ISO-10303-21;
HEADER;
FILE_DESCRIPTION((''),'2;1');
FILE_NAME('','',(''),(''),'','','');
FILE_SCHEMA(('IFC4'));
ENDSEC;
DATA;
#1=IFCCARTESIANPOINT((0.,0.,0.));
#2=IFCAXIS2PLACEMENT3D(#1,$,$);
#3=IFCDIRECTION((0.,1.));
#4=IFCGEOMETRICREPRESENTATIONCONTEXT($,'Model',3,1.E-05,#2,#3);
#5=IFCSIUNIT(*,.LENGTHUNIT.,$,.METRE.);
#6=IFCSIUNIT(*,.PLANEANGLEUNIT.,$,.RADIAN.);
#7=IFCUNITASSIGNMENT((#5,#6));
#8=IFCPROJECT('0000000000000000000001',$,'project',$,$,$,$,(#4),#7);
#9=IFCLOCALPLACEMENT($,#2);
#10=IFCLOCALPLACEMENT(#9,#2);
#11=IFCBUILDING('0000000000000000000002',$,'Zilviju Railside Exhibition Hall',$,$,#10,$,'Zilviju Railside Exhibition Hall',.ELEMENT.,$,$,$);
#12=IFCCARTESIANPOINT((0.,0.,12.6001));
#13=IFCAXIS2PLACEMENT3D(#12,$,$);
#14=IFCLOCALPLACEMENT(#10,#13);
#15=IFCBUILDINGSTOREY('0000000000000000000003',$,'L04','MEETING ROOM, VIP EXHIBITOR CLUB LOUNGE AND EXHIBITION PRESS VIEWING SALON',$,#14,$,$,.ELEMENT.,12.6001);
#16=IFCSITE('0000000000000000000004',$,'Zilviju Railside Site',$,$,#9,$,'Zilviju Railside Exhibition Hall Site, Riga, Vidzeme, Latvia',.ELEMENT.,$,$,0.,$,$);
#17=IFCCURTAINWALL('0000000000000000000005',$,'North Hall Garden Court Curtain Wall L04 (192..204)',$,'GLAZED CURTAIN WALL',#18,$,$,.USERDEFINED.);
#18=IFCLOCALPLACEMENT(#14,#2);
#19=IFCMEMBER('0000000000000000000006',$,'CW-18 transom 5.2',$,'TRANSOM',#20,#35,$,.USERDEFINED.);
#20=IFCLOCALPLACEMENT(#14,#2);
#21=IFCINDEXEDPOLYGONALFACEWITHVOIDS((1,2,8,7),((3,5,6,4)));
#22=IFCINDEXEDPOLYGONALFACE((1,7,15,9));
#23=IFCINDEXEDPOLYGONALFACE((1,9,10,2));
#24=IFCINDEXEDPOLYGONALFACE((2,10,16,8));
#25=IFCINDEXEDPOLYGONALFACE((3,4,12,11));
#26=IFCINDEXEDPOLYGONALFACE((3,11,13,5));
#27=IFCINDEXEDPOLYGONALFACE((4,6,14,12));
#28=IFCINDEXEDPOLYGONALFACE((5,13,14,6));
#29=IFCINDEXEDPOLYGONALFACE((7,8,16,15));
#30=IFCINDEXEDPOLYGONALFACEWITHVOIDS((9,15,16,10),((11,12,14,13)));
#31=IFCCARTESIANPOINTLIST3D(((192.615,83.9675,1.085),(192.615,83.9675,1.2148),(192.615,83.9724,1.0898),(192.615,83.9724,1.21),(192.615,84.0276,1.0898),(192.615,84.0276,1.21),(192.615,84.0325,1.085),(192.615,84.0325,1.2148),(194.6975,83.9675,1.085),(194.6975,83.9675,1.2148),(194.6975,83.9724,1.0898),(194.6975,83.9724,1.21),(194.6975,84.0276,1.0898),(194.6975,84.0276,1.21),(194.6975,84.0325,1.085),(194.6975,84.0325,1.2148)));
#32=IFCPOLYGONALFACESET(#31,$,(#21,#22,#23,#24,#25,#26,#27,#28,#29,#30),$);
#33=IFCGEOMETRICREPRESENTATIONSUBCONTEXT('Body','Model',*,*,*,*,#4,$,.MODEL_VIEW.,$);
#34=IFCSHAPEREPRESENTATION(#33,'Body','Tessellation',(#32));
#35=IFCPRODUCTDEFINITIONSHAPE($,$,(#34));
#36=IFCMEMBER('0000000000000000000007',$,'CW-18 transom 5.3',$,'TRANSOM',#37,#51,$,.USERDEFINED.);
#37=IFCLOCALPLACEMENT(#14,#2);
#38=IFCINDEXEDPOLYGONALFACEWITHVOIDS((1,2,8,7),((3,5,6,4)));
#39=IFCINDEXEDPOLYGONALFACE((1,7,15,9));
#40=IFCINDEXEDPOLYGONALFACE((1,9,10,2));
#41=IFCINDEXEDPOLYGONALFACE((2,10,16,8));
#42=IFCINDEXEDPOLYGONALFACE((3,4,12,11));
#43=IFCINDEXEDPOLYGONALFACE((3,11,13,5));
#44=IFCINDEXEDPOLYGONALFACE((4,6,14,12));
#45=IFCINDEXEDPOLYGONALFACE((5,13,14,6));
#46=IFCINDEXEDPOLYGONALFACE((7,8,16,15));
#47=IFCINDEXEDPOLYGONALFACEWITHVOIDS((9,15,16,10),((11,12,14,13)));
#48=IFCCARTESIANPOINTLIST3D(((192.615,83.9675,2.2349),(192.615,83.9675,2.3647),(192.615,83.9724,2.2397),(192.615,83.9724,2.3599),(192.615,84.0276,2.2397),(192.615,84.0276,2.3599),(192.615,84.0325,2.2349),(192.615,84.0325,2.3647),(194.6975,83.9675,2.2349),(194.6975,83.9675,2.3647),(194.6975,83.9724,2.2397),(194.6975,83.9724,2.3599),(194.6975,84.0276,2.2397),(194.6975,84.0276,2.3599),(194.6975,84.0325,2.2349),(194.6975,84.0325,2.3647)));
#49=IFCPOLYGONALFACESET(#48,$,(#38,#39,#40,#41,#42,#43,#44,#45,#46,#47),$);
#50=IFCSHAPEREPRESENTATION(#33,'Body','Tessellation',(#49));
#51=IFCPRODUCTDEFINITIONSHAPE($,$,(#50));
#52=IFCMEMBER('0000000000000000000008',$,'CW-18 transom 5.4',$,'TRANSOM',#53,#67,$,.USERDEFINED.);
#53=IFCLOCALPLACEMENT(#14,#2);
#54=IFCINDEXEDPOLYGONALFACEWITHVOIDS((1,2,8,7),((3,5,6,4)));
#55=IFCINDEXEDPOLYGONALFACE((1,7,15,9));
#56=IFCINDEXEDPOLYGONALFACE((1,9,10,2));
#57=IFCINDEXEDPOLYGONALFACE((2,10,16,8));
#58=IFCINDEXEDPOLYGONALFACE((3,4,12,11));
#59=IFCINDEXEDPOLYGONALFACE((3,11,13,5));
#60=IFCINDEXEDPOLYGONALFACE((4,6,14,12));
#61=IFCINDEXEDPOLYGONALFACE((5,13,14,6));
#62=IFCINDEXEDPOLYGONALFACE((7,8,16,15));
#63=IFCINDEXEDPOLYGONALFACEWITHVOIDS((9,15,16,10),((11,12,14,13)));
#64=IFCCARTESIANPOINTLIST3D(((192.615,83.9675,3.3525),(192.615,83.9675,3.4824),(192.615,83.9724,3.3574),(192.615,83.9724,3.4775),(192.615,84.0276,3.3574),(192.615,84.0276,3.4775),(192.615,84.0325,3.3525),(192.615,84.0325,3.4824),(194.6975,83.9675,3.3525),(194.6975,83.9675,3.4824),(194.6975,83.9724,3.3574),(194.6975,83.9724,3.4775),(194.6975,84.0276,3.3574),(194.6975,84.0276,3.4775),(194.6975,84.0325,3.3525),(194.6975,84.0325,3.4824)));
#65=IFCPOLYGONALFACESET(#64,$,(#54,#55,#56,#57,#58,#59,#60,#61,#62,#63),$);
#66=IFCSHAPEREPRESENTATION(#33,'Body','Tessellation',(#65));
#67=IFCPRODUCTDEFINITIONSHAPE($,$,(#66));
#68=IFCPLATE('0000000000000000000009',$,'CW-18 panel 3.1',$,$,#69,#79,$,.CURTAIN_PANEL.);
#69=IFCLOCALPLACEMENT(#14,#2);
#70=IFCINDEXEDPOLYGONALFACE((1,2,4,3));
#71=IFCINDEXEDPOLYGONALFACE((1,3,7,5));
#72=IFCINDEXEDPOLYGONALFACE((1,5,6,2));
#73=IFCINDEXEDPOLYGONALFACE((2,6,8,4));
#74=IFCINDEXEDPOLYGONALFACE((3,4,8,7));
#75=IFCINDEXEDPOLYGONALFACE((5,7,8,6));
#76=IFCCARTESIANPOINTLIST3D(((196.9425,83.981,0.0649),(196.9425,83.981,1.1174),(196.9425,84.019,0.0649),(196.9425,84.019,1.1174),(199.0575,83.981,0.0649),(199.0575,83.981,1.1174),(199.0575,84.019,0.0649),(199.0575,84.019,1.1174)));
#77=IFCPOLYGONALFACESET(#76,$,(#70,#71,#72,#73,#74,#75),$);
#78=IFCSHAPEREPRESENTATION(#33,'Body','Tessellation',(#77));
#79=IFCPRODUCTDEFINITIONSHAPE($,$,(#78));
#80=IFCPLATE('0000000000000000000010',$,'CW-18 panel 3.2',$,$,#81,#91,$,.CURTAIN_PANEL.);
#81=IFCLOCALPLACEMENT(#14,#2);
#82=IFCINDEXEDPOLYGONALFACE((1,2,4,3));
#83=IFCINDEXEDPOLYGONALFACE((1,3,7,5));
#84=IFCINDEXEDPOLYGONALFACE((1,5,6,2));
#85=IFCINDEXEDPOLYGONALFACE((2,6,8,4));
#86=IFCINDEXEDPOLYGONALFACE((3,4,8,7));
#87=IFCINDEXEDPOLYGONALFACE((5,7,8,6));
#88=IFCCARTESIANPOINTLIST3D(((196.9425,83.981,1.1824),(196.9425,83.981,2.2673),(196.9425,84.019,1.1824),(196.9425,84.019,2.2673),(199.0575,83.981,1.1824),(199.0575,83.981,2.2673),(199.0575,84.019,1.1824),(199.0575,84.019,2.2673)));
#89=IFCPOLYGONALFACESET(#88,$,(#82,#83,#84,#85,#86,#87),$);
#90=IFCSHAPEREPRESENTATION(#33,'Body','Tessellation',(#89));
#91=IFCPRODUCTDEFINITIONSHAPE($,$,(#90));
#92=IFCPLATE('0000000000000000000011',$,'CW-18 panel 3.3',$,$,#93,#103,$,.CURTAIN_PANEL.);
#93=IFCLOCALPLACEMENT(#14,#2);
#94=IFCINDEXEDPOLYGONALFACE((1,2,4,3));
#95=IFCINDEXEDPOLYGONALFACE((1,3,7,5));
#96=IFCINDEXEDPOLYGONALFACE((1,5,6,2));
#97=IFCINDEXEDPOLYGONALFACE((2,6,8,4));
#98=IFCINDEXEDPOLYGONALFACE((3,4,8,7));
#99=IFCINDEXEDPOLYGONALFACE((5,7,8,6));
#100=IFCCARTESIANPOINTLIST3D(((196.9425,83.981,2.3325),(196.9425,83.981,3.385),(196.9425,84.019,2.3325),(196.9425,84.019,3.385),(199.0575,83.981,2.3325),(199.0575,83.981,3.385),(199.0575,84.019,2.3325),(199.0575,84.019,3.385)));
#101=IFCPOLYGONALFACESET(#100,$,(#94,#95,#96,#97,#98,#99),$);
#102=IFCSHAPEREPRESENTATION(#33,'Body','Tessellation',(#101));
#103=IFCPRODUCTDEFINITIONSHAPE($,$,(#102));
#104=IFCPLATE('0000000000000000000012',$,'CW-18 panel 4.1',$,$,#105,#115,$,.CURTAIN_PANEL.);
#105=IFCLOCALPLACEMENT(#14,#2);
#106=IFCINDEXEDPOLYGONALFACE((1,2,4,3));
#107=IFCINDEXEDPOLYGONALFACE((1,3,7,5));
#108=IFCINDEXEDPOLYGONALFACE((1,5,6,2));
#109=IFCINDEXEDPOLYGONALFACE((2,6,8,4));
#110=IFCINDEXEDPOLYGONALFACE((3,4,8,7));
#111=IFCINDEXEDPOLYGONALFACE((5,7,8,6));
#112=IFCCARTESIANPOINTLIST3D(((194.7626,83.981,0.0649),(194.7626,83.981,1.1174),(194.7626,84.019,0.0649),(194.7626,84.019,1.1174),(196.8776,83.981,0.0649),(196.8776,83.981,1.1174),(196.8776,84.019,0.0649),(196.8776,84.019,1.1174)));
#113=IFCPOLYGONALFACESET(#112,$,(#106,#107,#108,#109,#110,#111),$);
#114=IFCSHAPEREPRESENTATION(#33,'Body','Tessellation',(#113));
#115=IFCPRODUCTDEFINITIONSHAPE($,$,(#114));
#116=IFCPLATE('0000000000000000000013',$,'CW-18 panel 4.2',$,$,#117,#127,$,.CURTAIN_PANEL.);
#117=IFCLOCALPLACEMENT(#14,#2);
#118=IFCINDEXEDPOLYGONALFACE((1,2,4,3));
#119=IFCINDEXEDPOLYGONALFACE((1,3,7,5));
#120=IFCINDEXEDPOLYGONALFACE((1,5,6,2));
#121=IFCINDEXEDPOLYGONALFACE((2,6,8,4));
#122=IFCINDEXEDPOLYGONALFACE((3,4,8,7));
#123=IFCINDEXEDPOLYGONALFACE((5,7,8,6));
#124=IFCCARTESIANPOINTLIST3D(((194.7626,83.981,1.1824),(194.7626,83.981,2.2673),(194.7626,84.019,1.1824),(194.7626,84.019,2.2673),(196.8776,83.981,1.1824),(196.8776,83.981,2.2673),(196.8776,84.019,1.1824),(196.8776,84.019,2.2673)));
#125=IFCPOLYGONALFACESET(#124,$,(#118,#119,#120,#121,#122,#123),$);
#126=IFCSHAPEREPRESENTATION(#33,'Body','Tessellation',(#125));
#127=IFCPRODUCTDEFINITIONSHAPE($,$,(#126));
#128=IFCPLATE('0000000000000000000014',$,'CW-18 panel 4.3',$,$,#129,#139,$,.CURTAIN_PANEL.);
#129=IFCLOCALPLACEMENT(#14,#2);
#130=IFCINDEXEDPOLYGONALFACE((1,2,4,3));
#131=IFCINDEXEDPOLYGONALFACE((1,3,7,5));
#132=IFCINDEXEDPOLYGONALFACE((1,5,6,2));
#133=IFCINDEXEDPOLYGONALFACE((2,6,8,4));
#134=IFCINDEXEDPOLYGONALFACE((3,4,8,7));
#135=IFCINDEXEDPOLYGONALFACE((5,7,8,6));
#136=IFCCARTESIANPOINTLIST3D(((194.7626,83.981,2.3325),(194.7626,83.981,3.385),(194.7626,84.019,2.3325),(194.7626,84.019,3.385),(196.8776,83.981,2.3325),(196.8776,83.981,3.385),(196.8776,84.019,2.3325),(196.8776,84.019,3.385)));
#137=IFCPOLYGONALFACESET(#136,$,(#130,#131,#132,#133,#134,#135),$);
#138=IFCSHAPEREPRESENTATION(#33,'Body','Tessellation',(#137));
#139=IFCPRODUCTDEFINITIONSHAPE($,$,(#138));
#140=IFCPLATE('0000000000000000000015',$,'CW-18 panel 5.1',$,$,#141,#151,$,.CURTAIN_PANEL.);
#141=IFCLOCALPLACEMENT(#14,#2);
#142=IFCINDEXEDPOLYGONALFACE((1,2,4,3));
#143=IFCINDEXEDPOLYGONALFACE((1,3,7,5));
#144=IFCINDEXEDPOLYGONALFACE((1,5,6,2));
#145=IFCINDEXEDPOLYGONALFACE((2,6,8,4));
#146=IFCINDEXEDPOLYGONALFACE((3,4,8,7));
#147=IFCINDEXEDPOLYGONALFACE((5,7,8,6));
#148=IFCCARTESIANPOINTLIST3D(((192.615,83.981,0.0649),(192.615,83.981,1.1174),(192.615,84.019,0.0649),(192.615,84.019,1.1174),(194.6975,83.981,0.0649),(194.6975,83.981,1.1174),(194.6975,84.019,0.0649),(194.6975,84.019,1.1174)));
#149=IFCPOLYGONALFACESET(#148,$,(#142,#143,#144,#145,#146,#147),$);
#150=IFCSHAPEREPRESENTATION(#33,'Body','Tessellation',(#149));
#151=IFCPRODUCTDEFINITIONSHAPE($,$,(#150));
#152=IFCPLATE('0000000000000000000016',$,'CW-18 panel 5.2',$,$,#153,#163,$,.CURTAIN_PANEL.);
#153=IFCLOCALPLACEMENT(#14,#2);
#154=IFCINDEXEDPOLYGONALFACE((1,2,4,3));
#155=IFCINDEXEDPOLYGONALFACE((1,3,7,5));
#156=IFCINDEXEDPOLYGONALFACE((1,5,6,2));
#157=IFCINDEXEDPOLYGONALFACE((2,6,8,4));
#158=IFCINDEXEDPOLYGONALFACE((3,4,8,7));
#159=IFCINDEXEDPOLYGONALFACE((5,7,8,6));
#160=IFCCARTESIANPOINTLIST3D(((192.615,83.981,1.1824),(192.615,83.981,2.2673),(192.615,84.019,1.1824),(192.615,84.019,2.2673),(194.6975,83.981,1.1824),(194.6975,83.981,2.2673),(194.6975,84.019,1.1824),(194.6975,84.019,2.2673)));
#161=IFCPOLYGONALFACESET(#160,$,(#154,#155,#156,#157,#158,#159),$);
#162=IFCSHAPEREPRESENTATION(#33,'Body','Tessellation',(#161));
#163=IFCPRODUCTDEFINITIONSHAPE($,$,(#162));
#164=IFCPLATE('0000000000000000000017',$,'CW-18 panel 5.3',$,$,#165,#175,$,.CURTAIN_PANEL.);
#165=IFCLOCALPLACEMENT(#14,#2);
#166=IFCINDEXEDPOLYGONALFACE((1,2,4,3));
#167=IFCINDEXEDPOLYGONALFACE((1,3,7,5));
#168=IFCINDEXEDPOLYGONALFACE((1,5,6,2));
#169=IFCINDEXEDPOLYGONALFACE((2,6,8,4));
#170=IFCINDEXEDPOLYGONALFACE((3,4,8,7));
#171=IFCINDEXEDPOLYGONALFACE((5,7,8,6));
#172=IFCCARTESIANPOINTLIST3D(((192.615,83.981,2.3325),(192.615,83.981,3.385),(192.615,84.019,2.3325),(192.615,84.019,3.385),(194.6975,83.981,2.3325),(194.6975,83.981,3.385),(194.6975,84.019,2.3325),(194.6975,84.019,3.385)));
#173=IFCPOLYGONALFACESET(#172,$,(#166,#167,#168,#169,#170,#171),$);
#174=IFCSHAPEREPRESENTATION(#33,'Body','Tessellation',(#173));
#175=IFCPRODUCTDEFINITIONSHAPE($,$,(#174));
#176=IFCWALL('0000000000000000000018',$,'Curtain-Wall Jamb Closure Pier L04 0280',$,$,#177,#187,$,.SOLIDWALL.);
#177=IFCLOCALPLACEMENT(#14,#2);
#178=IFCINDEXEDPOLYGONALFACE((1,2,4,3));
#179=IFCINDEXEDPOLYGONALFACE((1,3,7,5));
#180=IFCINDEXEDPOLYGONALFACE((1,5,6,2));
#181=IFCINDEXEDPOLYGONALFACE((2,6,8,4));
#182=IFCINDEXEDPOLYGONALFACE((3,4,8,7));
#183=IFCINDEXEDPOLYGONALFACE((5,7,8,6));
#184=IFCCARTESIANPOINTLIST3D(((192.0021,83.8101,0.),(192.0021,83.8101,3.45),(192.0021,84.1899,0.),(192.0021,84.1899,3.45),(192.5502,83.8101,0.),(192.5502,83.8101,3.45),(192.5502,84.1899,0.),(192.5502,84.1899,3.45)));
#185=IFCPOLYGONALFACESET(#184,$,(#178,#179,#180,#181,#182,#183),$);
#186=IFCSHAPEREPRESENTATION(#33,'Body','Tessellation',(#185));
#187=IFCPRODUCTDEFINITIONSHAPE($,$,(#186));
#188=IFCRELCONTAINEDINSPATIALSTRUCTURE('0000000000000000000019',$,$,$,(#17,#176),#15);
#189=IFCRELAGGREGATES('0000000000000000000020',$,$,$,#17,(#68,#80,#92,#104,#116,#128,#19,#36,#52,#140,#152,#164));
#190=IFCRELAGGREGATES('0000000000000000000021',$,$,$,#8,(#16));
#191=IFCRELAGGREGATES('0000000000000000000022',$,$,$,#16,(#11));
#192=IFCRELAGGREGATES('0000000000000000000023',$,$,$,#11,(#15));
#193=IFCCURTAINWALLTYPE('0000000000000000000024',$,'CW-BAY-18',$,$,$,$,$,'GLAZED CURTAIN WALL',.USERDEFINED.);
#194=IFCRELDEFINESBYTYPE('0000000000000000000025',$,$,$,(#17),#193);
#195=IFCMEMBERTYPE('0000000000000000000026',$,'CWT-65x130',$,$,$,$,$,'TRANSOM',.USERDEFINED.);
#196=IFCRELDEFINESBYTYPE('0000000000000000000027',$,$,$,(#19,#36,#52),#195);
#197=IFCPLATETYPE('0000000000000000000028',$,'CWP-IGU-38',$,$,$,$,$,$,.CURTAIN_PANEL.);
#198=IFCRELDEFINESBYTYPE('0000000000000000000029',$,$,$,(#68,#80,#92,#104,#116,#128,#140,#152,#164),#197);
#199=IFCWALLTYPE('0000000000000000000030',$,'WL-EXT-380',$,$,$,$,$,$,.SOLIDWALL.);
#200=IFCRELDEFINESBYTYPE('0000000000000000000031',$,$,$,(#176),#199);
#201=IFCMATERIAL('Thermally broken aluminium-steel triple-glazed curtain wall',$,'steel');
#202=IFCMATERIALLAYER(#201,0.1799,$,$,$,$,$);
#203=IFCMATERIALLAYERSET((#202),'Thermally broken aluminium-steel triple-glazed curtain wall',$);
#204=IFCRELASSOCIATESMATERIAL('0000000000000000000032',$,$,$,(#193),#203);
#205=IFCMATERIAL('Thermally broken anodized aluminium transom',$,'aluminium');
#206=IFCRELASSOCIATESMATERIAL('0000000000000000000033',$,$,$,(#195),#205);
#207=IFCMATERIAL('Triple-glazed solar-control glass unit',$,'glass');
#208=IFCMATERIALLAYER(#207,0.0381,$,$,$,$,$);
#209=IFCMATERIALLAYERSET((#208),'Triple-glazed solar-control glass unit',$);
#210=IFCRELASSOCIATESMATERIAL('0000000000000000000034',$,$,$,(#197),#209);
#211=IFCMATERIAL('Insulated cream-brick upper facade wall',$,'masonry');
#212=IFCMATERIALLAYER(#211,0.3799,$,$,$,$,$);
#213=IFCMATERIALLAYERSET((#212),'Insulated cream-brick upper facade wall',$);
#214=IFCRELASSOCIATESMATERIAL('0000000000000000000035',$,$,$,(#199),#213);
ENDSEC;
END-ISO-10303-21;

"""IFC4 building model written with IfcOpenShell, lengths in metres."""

from ifc_helpers import new_model, si_unit, direction, frame, frame_2d, origin, origin_2d, place, context, subcontext, project, spatial, rectangle, hollow_rectangle, extrude, material, layer, layer_set, material_profile, profile_set, type_object, element, aggregate, save


model = new_model("IFC4")

# Units and contexts
model_context = context("Model", 3, precision=1e-05, world=origin(), true_north=direction((0.0, 1.0)))
body_context = subcontext(model_context, "Body", "Model", "MODEL_VIEW")
ifc_project = project(units=[si_unit("LENGTHUNIT", "METRE"), si_unit("PLANEANGLEUNIT", "RADIAN")], contexts=[model_context])

# Site, building, storey
site_placement = place(None, origin())
site = spatial("IfcSite", under=ifc_project, at=site_placement, Name="Zilviju Railside Site", LongName="Zilviju Railside Exhibition Hall Site, Riga, Vidzeme, Latvia", CompositionType="ELEMENT", RefElevation=0.0)
building_placement = place(site_placement, origin())
building = spatial("IfcBuilding", under=site, at=building_placement, Name="Zilviju Railside Exhibition Hall", LongName="Zilviju Railside Exhibition Hall", CompositionType="ELEMENT")
storey_placement = place(building_placement, frame((0.0, 0.0, 12.6001)))
storey = spatial("IfcBuildingStorey", under=building, at=storey_placement, Name="L04", Description="MEETING ROOM, VIP EXHIBITOR CLUB LOUNGE AND EXHIBITION PRESS VIEWING SALON", CompositionType="ELEMENT", Elevation=12.6001)

# Curtain wall, members, plates
ifc_material_1 = material(Name="Thermally broken aluminium-steel triple-glazed curtain wall", Category="steel")
ifc_layer_1 = layer(ifc_material_1, 0.1799)
ifc_layer_set_1 = layer_set([ifc_layer_1], Name="Thermally broken aluminium-steel triple-glazed curtain wall")
curtain_wall_type = type_object("IfcCurtainWallType", Name="CW-BAY-18", ElementType="GLAZED CURTAIN WALL", PredefinedType="USERDEFINED", material=ifc_layer_set_1)
curtain_wall_placement = place(storey_placement, origin())
curtain_wall = element("IfcCurtainWall", 1, at=curtain_wall_placement, inside=storey, type_object=curtain_wall_type, Name="North Hall Garden Court Curtain Wall L04 (192..204)", ObjectType="GLAZED CURTAIN WALL", PredefinedType="USERDEFINED")
ifc_material_2 = material(Name="Thermally broken anodized aluminium transom", Category="aluminium")
ifc_material_profile_1 = material_profile(ifc_material_2, hollow_rectangle(XDim=0.0649, YDim=0.1299, WallThickness=0.0049, at=origin_2d()), Name="TRANSOM 130x65x5")
ifc_profile_set_1 = profile_set([ifc_material_profile_1], Name="Thermally broken anodized aluminium transom")
member_type_1 = type_object("IfcMemberType", Name="CWT-65x130", ElementType="TRANSOM", PredefinedType="USERDEFINED", material=ifc_profile_set_1)
member_1_placement = place(storey_placement, frame((194.6975, 84.0, 1.1499), z_axis=(-1.0, 0.0, 0.0), x_axis=(0.0, -1.0, 0.0)))
member_1 = element("IfcMember", 2, at=member_1_placement, type_object=member_type_1, Name="CW-18 transom 5.2", ObjectType="TRANSOM", PredefinedType="USERDEFINED", context=body_context, shape_type="SweptSolid", body=[
    extrude(hollow_rectangle(XDim=0.0649, YDim=0.1299, WallThickness=0.0049, at=origin_2d()), origin(), (0.0, 0.0, 1.0), 2.0825),
])
member_2_placement = place(storey_placement, frame((194.6975, 84.0, 2.2998), z_axis=(-1.0, 0.0, 0.0), x_axis=(0.0, -1.0, 0.0)))
member_2 = element("IfcMember", 3, at=member_2_placement, type_object=member_type_1, Name="CW-18 transom 5.3", ObjectType="TRANSOM", PredefinedType="USERDEFINED", context=body_context, shape_type="SweptSolid", body=[
    extrude(hollow_rectangle(XDim=0.0649, YDim=0.1299, WallThickness=0.0049, at=origin_2d()), origin(), (0.0, 0.0, 1.0), 2.0825),
])
member_3_placement = place(storey_placement, frame((194.6975, 84.0, 3.4175), z_axis=(-1.0, 0.0, 0.0), x_axis=(0.0, -1.0, 0.0)))
member_3 = element("IfcMember", 4, at=member_3_placement, type_object=member_type_1, Name="CW-18 transom 5.4", ObjectType="TRANSOM", PredefinedType="USERDEFINED", context=body_context, shape_type="SweptSolid", body=[
    extrude(hollow_rectangle(XDim=0.0649, YDim=0.1299, WallThickness=0.0049, at=origin_2d()), origin(), (0.0, 0.0, 1.0), 2.0825),
])
ifc_material_3 = material(Name="Triple-glazed solar-control glass unit", Category="glass")
ifc_layer_2 = layer(ifc_material_3, 0.0381)
ifc_layer_set_2 = layer_set([ifc_layer_2], Name="Triple-glazed solar-control glass unit")
plate_type = type_object("IfcPlateType", Name="CWP-IGU-38", PredefinedType="CURTAIN_PANEL", material=ifc_layer_set_2)
plate_1_placement = place(storey_placement, frame((198.0, 84.0, 0.0649), z_axis=(0.0, 0.0, 1.0), x_axis=(-1.0, 0.0, 0.0)))
plate_1 = element("IfcPlate", 5, at=plate_1_placement, type_object=plate_type, Name="CW-18 panel 3.1", PredefinedType="CURTAIN_PANEL", context=body_context, shape_type="SweptSolid", body=[
    extrude(rectangle(XDim=2.115, YDim=0.0381, at=origin_2d()), origin(), (0.0, 0.0, 1.0), 1.0525),
])
plate_2_placement = place(storey_placement, frame((198.0, 84.0, 1.1824), z_axis=(0.0, 0.0, 1.0), x_axis=(-1.0, 0.0, 0.0)))
plate_2 = element("IfcPlate", 6, at=plate_2_placement, type_object=plate_type, Name="CW-18 panel 3.2", PredefinedType="CURTAIN_PANEL", context=body_context, shape_type="SweptSolid", body=[
    extrude(rectangle(XDim=2.115, YDim=0.0381, at=origin_2d()), origin(), (0.0, 0.0, 1.0), 1.085),
])
plate_3_placement = place(storey_placement, frame((198.0, 84.0, 2.3325), z_axis=(0.0, 0.0, 1.0), x_axis=(-1.0, 0.0, 0.0)))
plate_3 = element("IfcPlate", 7, at=plate_3_placement, type_object=plate_type, Name="CW-18 panel 3.3", PredefinedType="CURTAIN_PANEL", context=body_context, shape_type="SweptSolid", body=[
    extrude(rectangle(XDim=2.115, YDim=0.0381, at=origin_2d()), origin(), (0.0, 0.0, 1.0), 1.0525),
])
plate_4_placement = place(storey_placement, frame((195.8201, 84.0, 0.0649), z_axis=(0.0, 0.0, 1.0), x_axis=(-1.0, 0.0, 0.0)))
plate_4 = element("IfcPlate", 8, at=plate_4_placement, type_object=plate_type, Name="CW-18 panel 4.1", PredefinedType="CURTAIN_PANEL", context=body_context, shape_type="SweptSolid", body=[
    extrude(rectangle(XDim=2.115, YDim=0.0381, at=origin_2d()), origin(), (0.0, 0.0, 1.0), 1.0525),
])
plate_5_placement = place(storey_placement, frame((195.8201, 84.0, 1.1824), z_axis=(0.0, 0.0, 1.0), x_axis=(-1.0, 0.0, 0.0)))
plate_5 = element("IfcPlate", 9, at=plate_5_placement, type_object=plate_type, Name="CW-18 panel 4.2", PredefinedType="CURTAIN_PANEL", context=body_context, shape_type="SweptSolid", body=[
    extrude(rectangle(XDim=2.115, YDim=0.0381, at=origin_2d()), origin(), (0.0, 0.0, 1.0), 1.085),
])
plate_6_placement = place(storey_placement, frame((195.8201, 84.0, 2.3325), z_axis=(0.0, 0.0, 1.0), x_axis=(-1.0, 0.0, 0.0)))
plate_6 = element("IfcPlate", 10, at=plate_6_placement, type_object=plate_type, Name="CW-18 panel 4.3", PredefinedType="CURTAIN_PANEL", context=body_context, shape_type="SweptSolid", body=[
    extrude(rectangle(XDim=2.115, YDim=0.0381, at=origin_2d()), origin(), (0.0, 0.0, 1.0), 1.0525),
])
plate_7_placement = place(storey_placement, frame((193.6562, 84.0, 0.0649), z_axis=(0.0, 0.0, 1.0), x_axis=(-1.0, 0.0, 0.0)))
plate_7 = element("IfcPlate", 11, at=plate_7_placement, type_object=plate_type, Name="CW-18 panel 5.1", PredefinedType="CURTAIN_PANEL", context=body_context, shape_type="SweptSolid", body=[
    extrude(rectangle(XDim=2.0825, YDim=0.0381, at=origin_2d()), origin(), (0.0, 0.0, 1.0), 1.0525),
])
plate_8_placement = place(storey_placement, frame((193.6562, 84.0, 1.1824), z_axis=(0.0, 0.0, 1.0), x_axis=(-1.0, 0.0, 0.0)))
plate_8 = element("IfcPlate", 12, at=plate_8_placement, type_object=plate_type, Name="CW-18 panel 5.2", PredefinedType="CURTAIN_PANEL", context=body_context, shape_type="SweptSolid", body=[
    extrude(rectangle(XDim=2.0825, YDim=0.0381, at=origin_2d()), origin(), (0.0, 0.0, 1.0), 1.085),
])
plate_9_placement = place(storey_placement, frame((193.6562, 84.0, 2.3325), z_axis=(0.0, 0.0, 1.0), x_axis=(-1.0, 0.0, 0.0)))
plate_9 = element("IfcPlate", 13, at=plate_9_placement, type_object=plate_type, Name="CW-18 panel 5.3", PredefinedType="CURTAIN_PANEL", context=body_context, shape_type="SweptSolid", body=[
    extrude(rectangle(XDim=2.0825, YDim=0.0381, at=origin_2d()), origin(), (0.0, 0.0, 1.0), 1.0525),
])
aggregate(curtain_wall, [plate_1, plate_2, plate_3, plate_4, plate_5, plate_6, member_1, member_2, member_3, plate_7, plate_8, plate_9])

# Wall
ifc_material_4 = material(Name="Insulated cream-brick upper facade wall", Category="masonry")
ifc_layer_3 = layer(ifc_material_4, 0.3799)
ifc_layer_set_3 = layer_set([ifc_layer_3], Name="Insulated cream-brick upper facade wall")
wall_type = type_object("IfcWallType", Name="WL-EXT-380", PredefinedType="SOLIDWALL", material=ifc_layer_set_3)
wall_placement = place(storey_placement, frame((192.55, 84.0, 0.0), z_axis=(0.0, 0.0, 1.0), x_axis=(-1.0, 0.0, 0.0)))
element("IfcWall", 14, at=wall_placement, inside=storey, type_object=wall_type, Name="Curtain-Wall Jamb Closure Pier L04 0280", PredefinedType="SOLIDWALL", context=body_context, shape_type="SweptSolid", body=[
    extrude(rectangle(XDim=0.5481, YDim=0.3799, at=frame_2d((0.2739, 0.0))), origin(), (0.0, 0.0, 1.0), 3.45),
])

save(model, "model.ifc")
